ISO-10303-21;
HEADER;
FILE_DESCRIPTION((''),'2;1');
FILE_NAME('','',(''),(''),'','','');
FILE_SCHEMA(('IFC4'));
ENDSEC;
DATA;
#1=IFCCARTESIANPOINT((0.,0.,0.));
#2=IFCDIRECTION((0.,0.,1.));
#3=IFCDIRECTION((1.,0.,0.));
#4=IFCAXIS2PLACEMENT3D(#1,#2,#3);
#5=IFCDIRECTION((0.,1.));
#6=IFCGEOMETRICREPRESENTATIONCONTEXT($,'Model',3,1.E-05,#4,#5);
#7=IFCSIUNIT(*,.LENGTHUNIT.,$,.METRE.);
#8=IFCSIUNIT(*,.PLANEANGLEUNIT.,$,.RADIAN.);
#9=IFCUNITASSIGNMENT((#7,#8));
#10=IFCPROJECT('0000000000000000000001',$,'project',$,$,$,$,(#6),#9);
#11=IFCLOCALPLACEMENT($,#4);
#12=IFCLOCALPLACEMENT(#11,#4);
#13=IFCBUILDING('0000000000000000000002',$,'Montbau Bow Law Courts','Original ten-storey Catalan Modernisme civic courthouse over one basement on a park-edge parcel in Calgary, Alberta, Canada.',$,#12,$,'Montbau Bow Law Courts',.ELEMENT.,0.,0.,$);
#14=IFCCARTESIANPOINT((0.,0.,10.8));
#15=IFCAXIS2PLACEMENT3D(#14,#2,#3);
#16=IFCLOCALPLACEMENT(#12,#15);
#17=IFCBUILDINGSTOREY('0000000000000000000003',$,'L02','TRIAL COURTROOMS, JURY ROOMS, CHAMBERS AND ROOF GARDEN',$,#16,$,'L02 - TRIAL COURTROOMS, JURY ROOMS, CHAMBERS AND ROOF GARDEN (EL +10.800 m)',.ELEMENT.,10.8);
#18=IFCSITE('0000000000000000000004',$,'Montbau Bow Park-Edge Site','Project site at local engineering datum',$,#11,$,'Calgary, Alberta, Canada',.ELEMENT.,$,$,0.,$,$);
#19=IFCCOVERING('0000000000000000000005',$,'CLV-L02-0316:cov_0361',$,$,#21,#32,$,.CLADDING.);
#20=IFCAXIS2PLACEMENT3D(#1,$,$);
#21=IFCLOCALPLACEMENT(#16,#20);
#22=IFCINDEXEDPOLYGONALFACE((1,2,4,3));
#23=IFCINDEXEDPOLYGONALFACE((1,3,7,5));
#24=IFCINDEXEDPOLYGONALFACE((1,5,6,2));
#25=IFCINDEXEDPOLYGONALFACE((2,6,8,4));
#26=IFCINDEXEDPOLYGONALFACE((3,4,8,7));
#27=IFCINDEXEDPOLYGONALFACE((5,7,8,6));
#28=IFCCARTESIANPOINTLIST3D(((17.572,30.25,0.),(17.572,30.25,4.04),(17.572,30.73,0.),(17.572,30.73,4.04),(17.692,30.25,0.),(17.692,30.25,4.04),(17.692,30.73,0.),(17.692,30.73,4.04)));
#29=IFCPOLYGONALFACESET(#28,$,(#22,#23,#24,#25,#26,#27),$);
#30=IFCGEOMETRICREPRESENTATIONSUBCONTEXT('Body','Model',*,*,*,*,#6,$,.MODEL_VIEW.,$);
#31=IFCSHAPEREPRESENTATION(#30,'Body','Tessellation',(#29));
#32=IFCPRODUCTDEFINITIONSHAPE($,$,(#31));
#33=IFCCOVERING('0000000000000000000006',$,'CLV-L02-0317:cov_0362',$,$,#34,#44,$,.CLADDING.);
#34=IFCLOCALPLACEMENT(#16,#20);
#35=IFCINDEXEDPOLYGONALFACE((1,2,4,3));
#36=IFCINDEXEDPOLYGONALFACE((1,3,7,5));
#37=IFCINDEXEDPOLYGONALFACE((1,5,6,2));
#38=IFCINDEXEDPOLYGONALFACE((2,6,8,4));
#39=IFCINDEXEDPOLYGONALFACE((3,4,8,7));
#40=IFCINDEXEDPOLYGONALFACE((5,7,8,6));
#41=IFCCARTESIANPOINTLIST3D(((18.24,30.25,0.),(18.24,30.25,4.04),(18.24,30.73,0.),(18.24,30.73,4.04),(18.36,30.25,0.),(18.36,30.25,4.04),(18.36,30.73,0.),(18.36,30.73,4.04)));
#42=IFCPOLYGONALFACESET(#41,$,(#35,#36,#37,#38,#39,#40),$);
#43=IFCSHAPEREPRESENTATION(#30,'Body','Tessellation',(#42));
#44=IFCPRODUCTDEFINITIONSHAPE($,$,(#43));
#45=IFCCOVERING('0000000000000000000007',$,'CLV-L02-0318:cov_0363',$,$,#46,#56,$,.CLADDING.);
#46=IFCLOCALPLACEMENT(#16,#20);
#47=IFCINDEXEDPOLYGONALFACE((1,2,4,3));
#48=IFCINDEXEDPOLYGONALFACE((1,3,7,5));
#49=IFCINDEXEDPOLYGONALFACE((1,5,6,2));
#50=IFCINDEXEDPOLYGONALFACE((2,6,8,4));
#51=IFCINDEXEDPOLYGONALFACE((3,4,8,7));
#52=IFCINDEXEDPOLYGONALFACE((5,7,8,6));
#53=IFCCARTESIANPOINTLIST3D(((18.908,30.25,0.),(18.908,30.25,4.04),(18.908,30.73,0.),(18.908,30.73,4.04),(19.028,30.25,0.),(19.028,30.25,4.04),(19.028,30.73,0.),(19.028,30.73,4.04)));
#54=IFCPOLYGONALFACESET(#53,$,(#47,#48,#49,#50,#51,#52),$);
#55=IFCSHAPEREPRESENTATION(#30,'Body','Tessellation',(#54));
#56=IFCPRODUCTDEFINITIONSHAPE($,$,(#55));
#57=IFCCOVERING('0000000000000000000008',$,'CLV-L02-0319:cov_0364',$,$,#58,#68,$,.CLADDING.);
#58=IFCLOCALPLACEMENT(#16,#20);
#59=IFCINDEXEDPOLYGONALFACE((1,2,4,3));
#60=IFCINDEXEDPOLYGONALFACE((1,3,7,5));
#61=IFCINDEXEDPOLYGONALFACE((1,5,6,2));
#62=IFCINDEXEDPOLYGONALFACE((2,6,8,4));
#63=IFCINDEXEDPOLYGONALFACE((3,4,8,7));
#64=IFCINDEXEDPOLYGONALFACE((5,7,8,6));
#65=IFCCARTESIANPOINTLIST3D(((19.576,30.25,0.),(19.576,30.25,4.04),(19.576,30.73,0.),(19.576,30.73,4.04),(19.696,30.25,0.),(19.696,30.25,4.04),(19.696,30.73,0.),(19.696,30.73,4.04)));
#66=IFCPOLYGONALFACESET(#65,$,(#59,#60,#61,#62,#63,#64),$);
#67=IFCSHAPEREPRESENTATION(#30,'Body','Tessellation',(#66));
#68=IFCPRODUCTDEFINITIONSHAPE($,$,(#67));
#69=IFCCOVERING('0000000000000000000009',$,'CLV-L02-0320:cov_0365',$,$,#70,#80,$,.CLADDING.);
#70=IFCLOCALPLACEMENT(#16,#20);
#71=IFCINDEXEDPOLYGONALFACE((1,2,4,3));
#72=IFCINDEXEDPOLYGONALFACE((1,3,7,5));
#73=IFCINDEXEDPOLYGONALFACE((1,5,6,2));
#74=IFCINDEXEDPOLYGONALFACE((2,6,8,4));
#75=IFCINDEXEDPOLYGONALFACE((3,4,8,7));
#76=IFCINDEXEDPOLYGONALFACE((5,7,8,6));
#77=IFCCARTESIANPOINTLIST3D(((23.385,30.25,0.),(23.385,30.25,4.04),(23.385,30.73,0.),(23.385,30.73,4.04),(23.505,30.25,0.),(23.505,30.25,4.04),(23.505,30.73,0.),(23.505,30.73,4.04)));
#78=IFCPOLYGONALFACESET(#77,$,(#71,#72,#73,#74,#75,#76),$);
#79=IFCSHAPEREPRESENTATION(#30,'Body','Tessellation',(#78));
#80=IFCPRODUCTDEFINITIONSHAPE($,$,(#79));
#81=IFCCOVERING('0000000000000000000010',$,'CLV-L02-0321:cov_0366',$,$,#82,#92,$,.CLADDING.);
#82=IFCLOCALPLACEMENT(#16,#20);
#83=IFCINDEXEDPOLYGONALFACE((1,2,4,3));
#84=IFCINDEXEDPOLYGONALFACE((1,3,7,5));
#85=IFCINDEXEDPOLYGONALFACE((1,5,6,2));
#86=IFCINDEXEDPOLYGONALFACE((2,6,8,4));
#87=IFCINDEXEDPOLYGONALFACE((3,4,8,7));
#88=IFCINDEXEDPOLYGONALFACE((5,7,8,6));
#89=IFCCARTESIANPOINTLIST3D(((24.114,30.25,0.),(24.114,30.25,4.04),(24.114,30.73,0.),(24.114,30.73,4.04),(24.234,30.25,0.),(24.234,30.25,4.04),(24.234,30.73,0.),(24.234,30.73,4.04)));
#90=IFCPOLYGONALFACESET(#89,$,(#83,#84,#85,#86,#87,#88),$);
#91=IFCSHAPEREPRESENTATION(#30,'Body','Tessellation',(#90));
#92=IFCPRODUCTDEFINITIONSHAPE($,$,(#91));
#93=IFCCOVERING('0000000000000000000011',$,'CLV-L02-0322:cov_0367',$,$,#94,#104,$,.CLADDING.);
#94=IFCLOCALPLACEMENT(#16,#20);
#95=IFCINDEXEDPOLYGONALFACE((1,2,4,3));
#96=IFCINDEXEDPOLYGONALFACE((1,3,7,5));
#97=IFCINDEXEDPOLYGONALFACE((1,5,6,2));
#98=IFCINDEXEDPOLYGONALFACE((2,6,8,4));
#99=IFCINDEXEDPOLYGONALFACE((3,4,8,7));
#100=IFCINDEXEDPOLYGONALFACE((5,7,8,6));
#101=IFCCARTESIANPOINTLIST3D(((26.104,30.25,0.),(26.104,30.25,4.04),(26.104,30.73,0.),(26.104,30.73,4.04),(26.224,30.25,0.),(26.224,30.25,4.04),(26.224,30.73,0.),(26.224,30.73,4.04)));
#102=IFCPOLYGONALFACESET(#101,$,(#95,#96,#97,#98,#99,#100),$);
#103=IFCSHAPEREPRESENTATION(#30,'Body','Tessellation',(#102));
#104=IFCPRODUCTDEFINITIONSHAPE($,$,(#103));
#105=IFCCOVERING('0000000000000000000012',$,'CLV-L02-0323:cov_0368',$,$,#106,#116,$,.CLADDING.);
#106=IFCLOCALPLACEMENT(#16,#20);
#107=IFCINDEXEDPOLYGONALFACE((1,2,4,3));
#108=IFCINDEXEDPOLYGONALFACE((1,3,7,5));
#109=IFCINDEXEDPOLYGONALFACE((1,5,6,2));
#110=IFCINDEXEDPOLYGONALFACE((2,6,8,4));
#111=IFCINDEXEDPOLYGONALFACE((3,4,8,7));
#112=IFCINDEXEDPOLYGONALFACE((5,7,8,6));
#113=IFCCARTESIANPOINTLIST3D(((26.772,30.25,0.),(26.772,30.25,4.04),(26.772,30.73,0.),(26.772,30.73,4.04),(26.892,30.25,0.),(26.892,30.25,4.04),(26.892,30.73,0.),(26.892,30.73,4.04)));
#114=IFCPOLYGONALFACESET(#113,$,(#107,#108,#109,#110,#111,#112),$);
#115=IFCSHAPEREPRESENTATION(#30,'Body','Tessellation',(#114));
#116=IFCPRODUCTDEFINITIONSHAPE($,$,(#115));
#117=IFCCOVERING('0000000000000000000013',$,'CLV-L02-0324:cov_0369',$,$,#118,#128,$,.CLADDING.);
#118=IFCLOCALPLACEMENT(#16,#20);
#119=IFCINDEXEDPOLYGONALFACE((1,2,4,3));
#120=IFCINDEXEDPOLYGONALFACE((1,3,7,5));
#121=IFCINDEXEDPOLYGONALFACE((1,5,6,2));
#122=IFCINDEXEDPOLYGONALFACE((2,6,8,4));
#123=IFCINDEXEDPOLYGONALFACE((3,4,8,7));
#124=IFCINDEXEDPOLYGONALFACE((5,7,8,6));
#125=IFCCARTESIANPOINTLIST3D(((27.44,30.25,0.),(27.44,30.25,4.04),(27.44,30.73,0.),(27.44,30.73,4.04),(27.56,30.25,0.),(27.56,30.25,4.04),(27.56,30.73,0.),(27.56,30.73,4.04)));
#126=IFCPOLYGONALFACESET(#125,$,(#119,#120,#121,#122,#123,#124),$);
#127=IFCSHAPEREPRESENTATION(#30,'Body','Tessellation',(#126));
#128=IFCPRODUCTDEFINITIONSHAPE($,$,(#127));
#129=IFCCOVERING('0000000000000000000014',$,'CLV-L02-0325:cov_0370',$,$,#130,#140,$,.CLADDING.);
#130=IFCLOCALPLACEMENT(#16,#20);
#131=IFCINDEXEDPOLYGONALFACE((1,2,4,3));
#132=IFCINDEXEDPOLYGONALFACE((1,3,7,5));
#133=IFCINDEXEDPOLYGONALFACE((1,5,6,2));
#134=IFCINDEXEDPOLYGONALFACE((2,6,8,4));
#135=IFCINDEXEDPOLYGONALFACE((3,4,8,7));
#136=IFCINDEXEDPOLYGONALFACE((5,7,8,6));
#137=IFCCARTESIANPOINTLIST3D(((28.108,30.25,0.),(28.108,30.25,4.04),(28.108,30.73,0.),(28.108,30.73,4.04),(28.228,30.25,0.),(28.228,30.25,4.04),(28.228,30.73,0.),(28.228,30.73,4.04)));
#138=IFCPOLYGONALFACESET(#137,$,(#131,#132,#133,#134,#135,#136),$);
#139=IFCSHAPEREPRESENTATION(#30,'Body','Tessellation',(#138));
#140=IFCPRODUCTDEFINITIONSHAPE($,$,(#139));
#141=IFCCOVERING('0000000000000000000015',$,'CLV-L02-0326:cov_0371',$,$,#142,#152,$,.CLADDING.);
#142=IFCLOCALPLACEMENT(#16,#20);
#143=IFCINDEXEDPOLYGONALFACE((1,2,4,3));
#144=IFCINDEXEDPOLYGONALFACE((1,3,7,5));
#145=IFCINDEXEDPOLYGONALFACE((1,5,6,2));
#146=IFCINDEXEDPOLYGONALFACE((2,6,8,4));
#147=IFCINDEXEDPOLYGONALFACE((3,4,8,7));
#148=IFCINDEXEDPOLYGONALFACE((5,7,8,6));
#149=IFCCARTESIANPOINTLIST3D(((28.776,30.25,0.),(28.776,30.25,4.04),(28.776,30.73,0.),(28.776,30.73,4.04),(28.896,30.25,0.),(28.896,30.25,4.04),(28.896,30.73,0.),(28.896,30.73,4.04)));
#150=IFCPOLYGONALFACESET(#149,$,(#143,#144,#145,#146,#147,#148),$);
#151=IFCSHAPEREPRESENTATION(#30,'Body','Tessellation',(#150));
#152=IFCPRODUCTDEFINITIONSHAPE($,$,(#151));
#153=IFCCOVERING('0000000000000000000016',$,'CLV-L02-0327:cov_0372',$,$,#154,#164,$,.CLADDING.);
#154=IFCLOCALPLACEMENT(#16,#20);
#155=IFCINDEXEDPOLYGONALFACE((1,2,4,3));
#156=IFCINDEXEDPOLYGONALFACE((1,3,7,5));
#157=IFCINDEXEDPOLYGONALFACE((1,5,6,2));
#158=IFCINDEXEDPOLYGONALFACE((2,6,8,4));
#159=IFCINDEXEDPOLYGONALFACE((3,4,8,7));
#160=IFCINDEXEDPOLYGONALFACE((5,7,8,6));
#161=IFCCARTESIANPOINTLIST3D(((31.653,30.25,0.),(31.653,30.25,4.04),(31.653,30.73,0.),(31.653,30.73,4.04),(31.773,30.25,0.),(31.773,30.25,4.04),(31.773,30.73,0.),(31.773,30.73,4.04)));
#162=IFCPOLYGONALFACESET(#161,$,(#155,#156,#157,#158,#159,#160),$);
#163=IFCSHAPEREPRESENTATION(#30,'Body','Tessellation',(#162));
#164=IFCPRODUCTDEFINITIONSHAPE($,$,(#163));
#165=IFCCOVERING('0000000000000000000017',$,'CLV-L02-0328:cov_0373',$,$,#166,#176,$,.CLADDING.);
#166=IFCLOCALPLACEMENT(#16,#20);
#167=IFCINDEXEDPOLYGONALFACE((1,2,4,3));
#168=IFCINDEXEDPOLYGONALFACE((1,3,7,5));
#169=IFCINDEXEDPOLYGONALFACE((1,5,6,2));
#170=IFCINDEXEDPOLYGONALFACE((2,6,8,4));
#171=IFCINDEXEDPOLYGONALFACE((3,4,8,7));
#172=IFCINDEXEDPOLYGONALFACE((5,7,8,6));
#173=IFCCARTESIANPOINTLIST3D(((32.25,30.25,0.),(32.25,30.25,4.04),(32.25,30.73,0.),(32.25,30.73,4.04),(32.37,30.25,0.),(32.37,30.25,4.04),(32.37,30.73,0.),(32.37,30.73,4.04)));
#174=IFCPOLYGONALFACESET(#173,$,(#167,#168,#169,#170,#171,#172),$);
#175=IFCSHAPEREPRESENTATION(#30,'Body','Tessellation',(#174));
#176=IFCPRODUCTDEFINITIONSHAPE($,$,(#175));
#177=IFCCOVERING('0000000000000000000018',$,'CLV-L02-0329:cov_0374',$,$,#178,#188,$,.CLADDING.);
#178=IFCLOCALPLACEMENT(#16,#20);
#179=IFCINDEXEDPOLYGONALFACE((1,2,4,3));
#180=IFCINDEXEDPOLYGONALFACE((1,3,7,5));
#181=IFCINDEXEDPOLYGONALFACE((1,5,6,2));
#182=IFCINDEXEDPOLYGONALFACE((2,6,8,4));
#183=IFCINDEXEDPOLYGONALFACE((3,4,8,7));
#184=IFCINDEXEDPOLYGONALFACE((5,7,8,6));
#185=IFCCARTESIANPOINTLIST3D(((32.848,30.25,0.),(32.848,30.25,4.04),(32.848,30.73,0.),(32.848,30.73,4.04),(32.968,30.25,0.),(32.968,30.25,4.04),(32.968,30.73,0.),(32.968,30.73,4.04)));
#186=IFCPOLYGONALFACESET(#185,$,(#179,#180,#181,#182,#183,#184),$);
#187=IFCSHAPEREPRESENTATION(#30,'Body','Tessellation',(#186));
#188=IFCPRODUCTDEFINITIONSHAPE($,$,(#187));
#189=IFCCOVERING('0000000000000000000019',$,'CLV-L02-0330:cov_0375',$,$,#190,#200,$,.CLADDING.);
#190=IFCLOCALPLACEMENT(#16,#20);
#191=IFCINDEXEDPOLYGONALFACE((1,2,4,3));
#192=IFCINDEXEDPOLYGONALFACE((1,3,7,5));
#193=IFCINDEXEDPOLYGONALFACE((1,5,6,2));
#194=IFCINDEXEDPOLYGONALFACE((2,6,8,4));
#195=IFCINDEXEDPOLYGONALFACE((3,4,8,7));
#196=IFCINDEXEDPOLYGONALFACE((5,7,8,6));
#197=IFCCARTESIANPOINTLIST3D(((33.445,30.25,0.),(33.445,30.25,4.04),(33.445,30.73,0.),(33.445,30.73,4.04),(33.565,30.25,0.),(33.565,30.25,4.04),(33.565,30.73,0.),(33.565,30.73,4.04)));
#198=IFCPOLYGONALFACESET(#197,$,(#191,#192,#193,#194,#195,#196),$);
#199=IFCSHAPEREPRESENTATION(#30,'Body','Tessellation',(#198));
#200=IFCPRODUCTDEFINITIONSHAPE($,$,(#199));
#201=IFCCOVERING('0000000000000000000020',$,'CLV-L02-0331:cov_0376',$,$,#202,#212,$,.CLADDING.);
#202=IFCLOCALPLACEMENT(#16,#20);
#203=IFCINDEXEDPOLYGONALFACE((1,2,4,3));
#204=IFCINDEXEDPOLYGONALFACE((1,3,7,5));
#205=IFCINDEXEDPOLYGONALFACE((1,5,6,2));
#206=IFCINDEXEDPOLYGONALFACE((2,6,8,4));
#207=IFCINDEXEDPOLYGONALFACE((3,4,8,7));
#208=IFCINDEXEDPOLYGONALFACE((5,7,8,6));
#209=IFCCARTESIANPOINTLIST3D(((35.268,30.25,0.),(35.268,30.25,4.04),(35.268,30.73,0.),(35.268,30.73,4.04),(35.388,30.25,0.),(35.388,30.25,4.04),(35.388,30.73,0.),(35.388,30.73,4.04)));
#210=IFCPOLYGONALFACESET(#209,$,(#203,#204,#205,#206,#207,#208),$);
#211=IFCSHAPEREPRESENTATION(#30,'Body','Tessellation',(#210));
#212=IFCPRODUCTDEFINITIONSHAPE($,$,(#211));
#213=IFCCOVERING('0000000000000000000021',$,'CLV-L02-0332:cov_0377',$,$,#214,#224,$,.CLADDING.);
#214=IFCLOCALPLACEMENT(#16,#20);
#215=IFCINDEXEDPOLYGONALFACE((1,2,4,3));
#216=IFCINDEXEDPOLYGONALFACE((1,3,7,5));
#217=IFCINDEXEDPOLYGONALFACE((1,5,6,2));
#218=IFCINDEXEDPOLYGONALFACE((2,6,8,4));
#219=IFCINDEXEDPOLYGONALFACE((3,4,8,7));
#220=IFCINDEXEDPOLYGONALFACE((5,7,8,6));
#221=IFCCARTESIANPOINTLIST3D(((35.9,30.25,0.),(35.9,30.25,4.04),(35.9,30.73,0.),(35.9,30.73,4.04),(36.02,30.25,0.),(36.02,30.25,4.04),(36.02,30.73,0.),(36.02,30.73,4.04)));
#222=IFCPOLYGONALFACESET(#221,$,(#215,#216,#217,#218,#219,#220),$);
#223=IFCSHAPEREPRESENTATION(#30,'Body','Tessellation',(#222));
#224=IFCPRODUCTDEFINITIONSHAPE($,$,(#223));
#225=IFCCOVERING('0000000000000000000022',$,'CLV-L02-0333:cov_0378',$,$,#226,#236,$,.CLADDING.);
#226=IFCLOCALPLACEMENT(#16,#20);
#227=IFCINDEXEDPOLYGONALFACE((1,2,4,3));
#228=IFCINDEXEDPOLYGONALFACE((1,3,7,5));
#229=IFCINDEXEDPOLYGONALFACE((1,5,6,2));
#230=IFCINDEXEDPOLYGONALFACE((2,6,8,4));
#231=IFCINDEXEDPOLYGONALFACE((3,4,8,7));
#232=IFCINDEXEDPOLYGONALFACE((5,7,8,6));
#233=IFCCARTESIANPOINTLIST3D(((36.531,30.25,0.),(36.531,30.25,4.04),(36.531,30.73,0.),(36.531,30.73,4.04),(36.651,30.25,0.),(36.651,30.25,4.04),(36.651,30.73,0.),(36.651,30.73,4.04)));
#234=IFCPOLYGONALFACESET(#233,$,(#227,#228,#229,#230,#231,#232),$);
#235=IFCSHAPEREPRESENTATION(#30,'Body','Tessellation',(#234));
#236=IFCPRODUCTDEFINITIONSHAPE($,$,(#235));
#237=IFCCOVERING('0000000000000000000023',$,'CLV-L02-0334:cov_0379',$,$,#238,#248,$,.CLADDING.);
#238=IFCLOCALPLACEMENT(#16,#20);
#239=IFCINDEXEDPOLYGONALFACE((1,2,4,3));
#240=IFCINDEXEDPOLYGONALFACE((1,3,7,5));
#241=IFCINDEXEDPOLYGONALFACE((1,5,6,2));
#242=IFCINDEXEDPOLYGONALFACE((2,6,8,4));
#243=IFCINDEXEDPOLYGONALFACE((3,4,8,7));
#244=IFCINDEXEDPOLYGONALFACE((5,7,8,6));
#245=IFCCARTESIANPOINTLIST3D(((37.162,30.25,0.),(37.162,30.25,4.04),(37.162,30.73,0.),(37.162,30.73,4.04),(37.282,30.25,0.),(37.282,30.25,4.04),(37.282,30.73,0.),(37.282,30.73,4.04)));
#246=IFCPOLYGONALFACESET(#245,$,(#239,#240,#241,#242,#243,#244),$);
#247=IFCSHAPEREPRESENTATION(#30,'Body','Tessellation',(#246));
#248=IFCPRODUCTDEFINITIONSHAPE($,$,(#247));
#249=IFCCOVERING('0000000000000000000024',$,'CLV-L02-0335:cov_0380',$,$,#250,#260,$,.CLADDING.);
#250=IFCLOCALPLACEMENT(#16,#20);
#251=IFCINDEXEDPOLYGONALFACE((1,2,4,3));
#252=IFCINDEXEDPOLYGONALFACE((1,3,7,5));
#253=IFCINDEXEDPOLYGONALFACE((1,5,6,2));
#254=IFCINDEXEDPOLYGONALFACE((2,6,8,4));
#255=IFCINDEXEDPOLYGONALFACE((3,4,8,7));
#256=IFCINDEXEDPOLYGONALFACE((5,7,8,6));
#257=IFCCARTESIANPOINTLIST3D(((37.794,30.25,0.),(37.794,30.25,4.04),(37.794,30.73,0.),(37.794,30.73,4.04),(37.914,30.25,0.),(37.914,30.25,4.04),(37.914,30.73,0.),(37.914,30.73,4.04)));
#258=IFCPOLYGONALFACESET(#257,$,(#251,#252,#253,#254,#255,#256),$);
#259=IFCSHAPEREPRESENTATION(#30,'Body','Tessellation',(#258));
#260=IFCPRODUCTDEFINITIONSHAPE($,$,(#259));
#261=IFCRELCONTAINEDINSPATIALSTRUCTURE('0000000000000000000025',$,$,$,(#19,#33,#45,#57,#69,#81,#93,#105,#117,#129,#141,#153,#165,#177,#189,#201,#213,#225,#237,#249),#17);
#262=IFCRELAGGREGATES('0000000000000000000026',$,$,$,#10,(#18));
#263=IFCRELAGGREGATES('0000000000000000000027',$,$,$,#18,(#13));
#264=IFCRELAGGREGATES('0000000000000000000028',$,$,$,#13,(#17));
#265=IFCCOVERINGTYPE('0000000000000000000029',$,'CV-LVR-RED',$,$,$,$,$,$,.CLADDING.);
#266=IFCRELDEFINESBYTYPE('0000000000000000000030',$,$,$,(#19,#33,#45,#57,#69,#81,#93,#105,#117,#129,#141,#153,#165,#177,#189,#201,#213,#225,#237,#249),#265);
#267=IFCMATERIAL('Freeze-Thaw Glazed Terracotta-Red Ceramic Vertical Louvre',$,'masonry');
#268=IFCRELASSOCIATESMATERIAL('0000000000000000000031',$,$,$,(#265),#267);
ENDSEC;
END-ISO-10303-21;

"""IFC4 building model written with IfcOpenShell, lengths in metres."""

from ifc_helpers import new_model, si_unit, direction, frame, frame_2d, origin_with_axes, place, context, subcontext, project, spatial, rectangle, extrude, material, type_object, element, save


model = new_model("IFC4")

# Units and contexts
model_context = context("Model", 3, precision=1e-05, world=origin_with_axes(), true_north=direction((0.0, 1.0)))
body_context = subcontext(model_context, "Body", "Model", "MODEL_VIEW")
ifc_project = project(units=[si_unit("LENGTHUNIT", "METRE"), si_unit("PLANEANGLEUNIT", "RADIAN")], contexts=[model_context])

# Site, building, storey
site_placement = place(None, origin_with_axes())
site = spatial("IfcSite", under=ifc_project, at=site_placement, Name="Montbau Bow Park-Edge Site", Description="Project site at local engineering datum", LongName="Calgary, Alberta, Canada", CompositionType="ELEMENT", RefElevation=0.0)
building_placement = place(site_placement, origin_with_axes())
building = spatial("IfcBuilding", under=site, at=building_placement, Name="Montbau Bow Law Courts", Description="Original ten-storey Catalan Modernisme civic courthouse over one basement on a park-edge parcel in Calgary, Alberta, Canada.", LongName="Montbau Bow Law Courts", CompositionType="ELEMENT", ElevationOfRefHeight=0.0, ElevationOfTerrain=0.0)
storey_placement = place(building_placement, frame((0.0, 0.0, 10.8), z_axis=(0.0, 0.0, 1.0), x_axis=(1.0, 0.0, 0.0)))
storey = spatial("IfcBuildingStorey", under=building, at=storey_placement, Name="L02", Description="TRIAL COURTROOMS, JURY ROOMS, CHAMBERS AND ROOF GARDEN", LongName="L02 - TRIAL COURTROOMS, JURY ROOMS, CHAMBERS AND ROOF GARDEN (EL +10.800 m)", CompositionType="ELEMENT", Elevation=10.8)

# Coverings
ifc_material_1 = material(Name="Freeze-Thaw Glazed Terracotta-Red Ceramic Vertical Louvre", Category="masonry")
covering_type = type_object("IfcCoveringType", Name="CV-LVR-RED", PredefinedType="CLADDING", material=ifc_material_1)
for number, where, z_axis, x_axis, name in (
    (1, (17.632, 30.73, 10.8), (-1.0, 0.0, 0.0), (0.0, -1.0, 0.0), "CLV-L02-0316:cov_0361"),
    (2, (18.3, 30.73, 10.8), (-1.0, 0.0, 0.0), (0.0, -1.0, 0.0), "CLV-L02-0317:cov_0362"),
    (3, (18.968, 30.73, 10.8), (-1.0, 0.0, 0.0), (0.0, -1.0, 0.0), "CLV-L02-0318:cov_0363"),
    (4, (19.636, 30.73, 10.8), (-1.0, 0.0, 0.0), (0.0, -1.0, 0.0), "CLV-L02-0319:cov_0364"),
    (5, (23.445, 30.73, 10.8), (-1.0, 0.0, 0.0), (0.0, -1.0, 0.0), "CLV-L02-0320:cov_0365"),
    (6, (24.174, 30.73, 10.8), (-1.0, 0.0, 0.0), (0.0, -1.0, 0.0), "CLV-L02-0321:cov_0366"),
    (7, (26.164, 30.73, 10.8), (-1.0, 0.0, 0.0), (0.0, -1.0, 0.0), "CLV-L02-0322:cov_0367"),
    (8, (26.832, 30.73, 10.8), (-1.0, 0.0, 0.0), (0.0, -1.0, 0.0), "CLV-L02-0323:cov_0368"),
    (9, (27.5, 30.73, 10.8), (-1.0, 0.0, 0.0), (0.0, -1.0, 0.0), "CLV-L02-0324:cov_0369"),
    (10, (28.168, 30.73, 10.8), (-1.0, 0.0, 0.0), (0.0, -1.0, 0.0), "CLV-L02-0325:cov_0370"),
    (11, (28.836, 30.73, 10.8), (-1.0, 0.0, 0.0), (0.0, -1.0, 0.0), "CLV-L02-0326:cov_0371"),
    (12, (31.713, 30.73, 10.8), (-1.0, 0.0, 0.0), (0.0, -1.0, 0.0), "CLV-L02-0327:cov_0372"),
    (13, (32.31, 30.73, 10.8), (-1.0, 0.0, 0.0), (0.0, -1.0, 0.0), "CLV-L02-0328:cov_0373"),
    (14, (32.908, 30.73, 10.8), (-1.0, 0.0, 0.0), (0.0, -1.0, 0.0), "CLV-L02-0329:cov_0374"),
    (15, (33.505, 30.73, 10.8), (-1.0, 0.0, 0.0), (0.0, -1.0, 0.0), "CLV-L02-0330:cov_0375"),
    (16, (35.328, 30.73, 10.8), (-1.0, 0.0, 0.0), (0.0, -1.0, 0.0), "CLV-L02-0331:cov_0376"),
    (17, (35.96, 30.73, 10.8), (-1.0, 0.0, 0.0), (0.0, -1.0, 0.0), "CLV-L02-0332:cov_0377"),
    (18, (36.591, 30.73, 10.8), (-1.0, 0.0, 0.0), (0.0, -1.0, 0.0), "CLV-L02-0333:cov_0378"),
    (19, (37.222, 30.73, 10.8), (-1.0, 0.0, 0.0), (0.0, -1.0, 0.0), "CLV-L02-0334:cov_0379"),
    (20, (37.854, 30.73, 10.8), (-1.0, 0.0, 0.0), (0.0, -1.0, 0.0), "CLV-L02-0335:cov_0380"),
):
    element("IfcCovering", number, at=place(None, frame(where, z_axis=z_axis, x_axis=x_axis)), inside=storey, type_object=covering_type, Name=name, PredefinedType="CLADDING", context=body_context, shape_type="SweptSolid", body=[
        extrude(rectangle(XDim=0.48, YDim=4.04, at=frame_2d((0.24, 2.02), x_axis=(1.0, 0.0))), frame((0.0, 0.0, -0.06), z_axis=(0.0, 0.0, 1.0), x_axis=(1.0, 0.0, 0.0)), (0.0, 0.0, 1.0), 0.12),
    ])

save(model, "model.ifc")
